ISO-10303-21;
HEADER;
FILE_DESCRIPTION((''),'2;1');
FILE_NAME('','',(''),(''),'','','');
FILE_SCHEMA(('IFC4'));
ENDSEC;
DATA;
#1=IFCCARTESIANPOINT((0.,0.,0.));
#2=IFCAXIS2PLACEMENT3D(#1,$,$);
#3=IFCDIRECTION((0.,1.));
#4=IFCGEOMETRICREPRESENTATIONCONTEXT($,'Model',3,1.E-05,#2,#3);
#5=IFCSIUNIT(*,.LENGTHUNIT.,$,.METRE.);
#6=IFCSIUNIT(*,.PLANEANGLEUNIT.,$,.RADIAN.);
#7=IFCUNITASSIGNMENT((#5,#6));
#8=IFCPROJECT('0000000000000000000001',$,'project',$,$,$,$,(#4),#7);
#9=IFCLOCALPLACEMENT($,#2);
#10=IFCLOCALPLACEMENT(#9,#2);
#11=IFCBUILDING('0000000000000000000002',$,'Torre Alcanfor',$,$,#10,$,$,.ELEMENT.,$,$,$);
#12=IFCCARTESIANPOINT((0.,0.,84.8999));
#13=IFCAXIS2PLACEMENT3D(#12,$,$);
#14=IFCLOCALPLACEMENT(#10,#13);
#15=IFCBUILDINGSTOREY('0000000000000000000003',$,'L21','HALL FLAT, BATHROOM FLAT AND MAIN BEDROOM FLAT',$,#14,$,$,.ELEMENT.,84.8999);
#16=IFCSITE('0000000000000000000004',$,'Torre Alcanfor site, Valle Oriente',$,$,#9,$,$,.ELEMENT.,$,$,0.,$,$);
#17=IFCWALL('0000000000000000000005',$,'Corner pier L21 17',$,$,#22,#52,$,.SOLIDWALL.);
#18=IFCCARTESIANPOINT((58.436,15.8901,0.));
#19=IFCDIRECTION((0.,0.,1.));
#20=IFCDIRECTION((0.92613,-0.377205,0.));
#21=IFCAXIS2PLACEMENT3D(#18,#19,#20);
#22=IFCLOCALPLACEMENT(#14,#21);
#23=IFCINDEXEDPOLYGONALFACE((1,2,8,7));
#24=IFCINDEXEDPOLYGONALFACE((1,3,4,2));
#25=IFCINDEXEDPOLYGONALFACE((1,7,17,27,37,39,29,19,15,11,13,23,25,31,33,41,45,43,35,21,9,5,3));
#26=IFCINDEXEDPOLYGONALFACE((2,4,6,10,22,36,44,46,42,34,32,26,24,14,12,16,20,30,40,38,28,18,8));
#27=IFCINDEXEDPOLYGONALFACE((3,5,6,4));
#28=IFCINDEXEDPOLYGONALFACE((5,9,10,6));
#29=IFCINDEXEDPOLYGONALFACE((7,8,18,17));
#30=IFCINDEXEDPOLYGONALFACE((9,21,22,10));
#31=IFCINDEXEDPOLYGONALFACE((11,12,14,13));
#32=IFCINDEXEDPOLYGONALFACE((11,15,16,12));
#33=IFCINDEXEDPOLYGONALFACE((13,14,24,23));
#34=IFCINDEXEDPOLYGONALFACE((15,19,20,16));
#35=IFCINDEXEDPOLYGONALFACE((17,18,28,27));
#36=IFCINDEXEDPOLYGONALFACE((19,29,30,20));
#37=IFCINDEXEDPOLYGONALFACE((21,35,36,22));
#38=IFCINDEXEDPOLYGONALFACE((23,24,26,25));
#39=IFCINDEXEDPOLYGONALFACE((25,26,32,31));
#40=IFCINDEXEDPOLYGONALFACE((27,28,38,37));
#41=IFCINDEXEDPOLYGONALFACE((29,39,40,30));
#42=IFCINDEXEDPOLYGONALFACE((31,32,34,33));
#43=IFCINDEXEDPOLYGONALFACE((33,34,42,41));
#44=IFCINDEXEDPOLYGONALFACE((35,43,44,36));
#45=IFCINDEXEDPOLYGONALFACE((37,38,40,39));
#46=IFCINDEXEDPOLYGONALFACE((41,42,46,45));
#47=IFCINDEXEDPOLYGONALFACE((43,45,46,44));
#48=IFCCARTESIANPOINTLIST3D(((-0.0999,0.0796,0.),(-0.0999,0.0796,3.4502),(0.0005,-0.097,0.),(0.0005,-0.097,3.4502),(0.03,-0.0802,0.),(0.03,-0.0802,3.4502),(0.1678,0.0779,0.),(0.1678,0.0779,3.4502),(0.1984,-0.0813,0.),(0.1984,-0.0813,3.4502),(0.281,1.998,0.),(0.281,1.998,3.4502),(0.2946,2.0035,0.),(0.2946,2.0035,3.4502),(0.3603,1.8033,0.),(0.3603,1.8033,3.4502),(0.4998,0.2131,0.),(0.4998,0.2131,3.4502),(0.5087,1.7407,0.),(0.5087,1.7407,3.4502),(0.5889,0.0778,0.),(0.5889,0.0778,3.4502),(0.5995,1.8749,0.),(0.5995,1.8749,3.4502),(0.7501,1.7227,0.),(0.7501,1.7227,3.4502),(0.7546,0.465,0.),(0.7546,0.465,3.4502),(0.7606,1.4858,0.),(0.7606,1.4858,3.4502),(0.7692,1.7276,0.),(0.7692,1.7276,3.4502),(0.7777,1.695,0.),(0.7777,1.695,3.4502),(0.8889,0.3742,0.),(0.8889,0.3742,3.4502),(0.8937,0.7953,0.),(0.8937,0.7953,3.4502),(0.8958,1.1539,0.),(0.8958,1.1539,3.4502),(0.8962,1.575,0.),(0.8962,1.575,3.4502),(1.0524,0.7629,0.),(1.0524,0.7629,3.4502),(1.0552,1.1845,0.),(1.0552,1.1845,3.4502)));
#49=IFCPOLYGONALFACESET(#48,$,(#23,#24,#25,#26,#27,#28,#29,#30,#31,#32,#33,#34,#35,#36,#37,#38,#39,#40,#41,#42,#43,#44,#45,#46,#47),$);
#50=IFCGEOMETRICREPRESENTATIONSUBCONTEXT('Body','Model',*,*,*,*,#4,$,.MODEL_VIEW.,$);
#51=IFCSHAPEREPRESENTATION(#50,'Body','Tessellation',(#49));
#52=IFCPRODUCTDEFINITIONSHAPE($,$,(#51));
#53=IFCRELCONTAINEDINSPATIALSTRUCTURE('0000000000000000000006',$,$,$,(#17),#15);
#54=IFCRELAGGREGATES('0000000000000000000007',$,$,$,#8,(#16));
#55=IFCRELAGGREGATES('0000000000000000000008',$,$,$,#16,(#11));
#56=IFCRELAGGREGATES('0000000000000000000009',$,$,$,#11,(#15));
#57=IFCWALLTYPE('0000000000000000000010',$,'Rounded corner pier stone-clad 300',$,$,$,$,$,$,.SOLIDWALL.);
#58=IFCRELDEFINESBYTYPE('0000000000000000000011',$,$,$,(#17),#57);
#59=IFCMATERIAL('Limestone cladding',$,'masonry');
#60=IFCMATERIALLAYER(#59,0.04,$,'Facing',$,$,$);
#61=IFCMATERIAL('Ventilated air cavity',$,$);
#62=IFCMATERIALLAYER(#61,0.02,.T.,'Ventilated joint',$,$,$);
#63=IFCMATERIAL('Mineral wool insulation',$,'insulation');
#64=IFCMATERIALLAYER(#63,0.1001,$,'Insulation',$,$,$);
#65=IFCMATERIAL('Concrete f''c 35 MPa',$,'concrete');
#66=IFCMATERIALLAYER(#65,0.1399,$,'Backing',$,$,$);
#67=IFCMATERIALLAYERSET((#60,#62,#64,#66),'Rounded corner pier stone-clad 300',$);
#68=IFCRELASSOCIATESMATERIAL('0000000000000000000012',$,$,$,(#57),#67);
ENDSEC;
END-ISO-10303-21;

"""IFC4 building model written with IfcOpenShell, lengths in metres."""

from ifc_helpers import new_model, si_unit, direction, frame, origin, place, context, subcontext, project, spatial, polyline, outline, extrude, material, layer, layer_set, type_object, element, save


model = new_model("IFC4")

# Units and contexts
model_context = context("Model", 3, precision=1e-05, world=origin(), true_north=direction((0.0, 1.0)))
body_context = subcontext(model_context, "Body", "Model", "MODEL_VIEW")
ifc_project = project(units=[si_unit("LENGTHUNIT", "METRE"), si_unit("PLANEANGLEUNIT", "RADIAN")], contexts=[model_context])

# Site, building, storey
site_placement = place(None, origin())
site = spatial("IfcSite", under=ifc_project, at=site_placement, Name="Torre Alcanfor site, Valle Oriente", CompositionType="ELEMENT", RefElevation=0.0)
building_placement = place(site_placement, origin())
building = spatial("IfcBuilding", under=site, at=building_placement, Name="Torre Alcanfor", CompositionType="ELEMENT")
storey_placement = place(building_placement, frame((0.0, 0.0, 84.8999)))
storey = spatial("IfcBuildingStorey", under=building, at=storey_placement, Name="L21", Description="HALL FLAT, BATHROOM FLAT AND MAIN BEDROOM FLAT", CompositionType="ELEMENT", Elevation=84.8999)

# Shared definitions
ifc_material_1 = material(Name="Limestone cladding", Category="masonry")
ifc_material_2 = material(Name="Ventilated air cavity")
ifc_material_3 = material(Name="Mineral wool insulation", Category="insulation")
ifc_material_4 = material(Name="Concrete f'c 35 MPa", Category="concrete")

# Wall
ifc_layer_1 = layer(ifc_material_1, 0.04, Name="Facing")
ifc_layer_2 = layer(ifc_material_2, 0.02, ventilated=True, Name="Ventilated joint")
ifc_layer_3 = layer(ifc_material_3, 0.1001, Name="Insulation")
ifc_layer_4 = layer(ifc_material_4, 0.1399, Name="Backing")
ifc_layer_set_1 = layer_set([ifc_layer_1, ifc_layer_2, ifc_layer_3, ifc_layer_4], Name="Rounded corner pier stone-clad 300")
wall_type_1 = type_object("IfcWallType", Name="Rounded corner pier stone-clad 300", PredefinedType="SOLIDWALL", material=ifc_layer_set_1)
wall_1_placement = place(storey_placement, frame((58.436, 15.8901, 0.0), z_axis=(0.0, 0.0, 1.0), x_axis=(0.92613, -0.377205, 0.0)))
element("IfcWall", 1, at=wall_1_placement, inside=storey, type_object=wall_type_1, Name="Corner pier L21 17", PredefinedType="SOLIDWALL", context=body_context, shape_type="SweptSolid", body=[
    extrude(outline(polyline([(0.7692, 1.7276), (0.7501, 1.7227), (0.5995, 1.8749), (0.2946, 2.0035), (0.281, 1.998), (0.3603, 1.8033), (0.5087, 1.7407), (0.7606, 1.4858), (0.8958, 1.1539), (0.8937, 0.7953), (0.7546, 0.465), (0.4998, 0.2131), (0.1678, 0.0779), (-0.0999, 0.0796), (0.0005, -0.097), (0.03, -0.0802), (0.1984, -0.0813), (0.5889, 0.0778), (0.8889, 0.3742), (1.0524, 0.7629), (1.0552, 1.1845), (0.8962, 1.575), (0.7777, 1.695), (0.7692, 1.7276)])), origin(), (0.0, 0.0, 1.0), 3.4502),
])

save(model, "model.ifc")
